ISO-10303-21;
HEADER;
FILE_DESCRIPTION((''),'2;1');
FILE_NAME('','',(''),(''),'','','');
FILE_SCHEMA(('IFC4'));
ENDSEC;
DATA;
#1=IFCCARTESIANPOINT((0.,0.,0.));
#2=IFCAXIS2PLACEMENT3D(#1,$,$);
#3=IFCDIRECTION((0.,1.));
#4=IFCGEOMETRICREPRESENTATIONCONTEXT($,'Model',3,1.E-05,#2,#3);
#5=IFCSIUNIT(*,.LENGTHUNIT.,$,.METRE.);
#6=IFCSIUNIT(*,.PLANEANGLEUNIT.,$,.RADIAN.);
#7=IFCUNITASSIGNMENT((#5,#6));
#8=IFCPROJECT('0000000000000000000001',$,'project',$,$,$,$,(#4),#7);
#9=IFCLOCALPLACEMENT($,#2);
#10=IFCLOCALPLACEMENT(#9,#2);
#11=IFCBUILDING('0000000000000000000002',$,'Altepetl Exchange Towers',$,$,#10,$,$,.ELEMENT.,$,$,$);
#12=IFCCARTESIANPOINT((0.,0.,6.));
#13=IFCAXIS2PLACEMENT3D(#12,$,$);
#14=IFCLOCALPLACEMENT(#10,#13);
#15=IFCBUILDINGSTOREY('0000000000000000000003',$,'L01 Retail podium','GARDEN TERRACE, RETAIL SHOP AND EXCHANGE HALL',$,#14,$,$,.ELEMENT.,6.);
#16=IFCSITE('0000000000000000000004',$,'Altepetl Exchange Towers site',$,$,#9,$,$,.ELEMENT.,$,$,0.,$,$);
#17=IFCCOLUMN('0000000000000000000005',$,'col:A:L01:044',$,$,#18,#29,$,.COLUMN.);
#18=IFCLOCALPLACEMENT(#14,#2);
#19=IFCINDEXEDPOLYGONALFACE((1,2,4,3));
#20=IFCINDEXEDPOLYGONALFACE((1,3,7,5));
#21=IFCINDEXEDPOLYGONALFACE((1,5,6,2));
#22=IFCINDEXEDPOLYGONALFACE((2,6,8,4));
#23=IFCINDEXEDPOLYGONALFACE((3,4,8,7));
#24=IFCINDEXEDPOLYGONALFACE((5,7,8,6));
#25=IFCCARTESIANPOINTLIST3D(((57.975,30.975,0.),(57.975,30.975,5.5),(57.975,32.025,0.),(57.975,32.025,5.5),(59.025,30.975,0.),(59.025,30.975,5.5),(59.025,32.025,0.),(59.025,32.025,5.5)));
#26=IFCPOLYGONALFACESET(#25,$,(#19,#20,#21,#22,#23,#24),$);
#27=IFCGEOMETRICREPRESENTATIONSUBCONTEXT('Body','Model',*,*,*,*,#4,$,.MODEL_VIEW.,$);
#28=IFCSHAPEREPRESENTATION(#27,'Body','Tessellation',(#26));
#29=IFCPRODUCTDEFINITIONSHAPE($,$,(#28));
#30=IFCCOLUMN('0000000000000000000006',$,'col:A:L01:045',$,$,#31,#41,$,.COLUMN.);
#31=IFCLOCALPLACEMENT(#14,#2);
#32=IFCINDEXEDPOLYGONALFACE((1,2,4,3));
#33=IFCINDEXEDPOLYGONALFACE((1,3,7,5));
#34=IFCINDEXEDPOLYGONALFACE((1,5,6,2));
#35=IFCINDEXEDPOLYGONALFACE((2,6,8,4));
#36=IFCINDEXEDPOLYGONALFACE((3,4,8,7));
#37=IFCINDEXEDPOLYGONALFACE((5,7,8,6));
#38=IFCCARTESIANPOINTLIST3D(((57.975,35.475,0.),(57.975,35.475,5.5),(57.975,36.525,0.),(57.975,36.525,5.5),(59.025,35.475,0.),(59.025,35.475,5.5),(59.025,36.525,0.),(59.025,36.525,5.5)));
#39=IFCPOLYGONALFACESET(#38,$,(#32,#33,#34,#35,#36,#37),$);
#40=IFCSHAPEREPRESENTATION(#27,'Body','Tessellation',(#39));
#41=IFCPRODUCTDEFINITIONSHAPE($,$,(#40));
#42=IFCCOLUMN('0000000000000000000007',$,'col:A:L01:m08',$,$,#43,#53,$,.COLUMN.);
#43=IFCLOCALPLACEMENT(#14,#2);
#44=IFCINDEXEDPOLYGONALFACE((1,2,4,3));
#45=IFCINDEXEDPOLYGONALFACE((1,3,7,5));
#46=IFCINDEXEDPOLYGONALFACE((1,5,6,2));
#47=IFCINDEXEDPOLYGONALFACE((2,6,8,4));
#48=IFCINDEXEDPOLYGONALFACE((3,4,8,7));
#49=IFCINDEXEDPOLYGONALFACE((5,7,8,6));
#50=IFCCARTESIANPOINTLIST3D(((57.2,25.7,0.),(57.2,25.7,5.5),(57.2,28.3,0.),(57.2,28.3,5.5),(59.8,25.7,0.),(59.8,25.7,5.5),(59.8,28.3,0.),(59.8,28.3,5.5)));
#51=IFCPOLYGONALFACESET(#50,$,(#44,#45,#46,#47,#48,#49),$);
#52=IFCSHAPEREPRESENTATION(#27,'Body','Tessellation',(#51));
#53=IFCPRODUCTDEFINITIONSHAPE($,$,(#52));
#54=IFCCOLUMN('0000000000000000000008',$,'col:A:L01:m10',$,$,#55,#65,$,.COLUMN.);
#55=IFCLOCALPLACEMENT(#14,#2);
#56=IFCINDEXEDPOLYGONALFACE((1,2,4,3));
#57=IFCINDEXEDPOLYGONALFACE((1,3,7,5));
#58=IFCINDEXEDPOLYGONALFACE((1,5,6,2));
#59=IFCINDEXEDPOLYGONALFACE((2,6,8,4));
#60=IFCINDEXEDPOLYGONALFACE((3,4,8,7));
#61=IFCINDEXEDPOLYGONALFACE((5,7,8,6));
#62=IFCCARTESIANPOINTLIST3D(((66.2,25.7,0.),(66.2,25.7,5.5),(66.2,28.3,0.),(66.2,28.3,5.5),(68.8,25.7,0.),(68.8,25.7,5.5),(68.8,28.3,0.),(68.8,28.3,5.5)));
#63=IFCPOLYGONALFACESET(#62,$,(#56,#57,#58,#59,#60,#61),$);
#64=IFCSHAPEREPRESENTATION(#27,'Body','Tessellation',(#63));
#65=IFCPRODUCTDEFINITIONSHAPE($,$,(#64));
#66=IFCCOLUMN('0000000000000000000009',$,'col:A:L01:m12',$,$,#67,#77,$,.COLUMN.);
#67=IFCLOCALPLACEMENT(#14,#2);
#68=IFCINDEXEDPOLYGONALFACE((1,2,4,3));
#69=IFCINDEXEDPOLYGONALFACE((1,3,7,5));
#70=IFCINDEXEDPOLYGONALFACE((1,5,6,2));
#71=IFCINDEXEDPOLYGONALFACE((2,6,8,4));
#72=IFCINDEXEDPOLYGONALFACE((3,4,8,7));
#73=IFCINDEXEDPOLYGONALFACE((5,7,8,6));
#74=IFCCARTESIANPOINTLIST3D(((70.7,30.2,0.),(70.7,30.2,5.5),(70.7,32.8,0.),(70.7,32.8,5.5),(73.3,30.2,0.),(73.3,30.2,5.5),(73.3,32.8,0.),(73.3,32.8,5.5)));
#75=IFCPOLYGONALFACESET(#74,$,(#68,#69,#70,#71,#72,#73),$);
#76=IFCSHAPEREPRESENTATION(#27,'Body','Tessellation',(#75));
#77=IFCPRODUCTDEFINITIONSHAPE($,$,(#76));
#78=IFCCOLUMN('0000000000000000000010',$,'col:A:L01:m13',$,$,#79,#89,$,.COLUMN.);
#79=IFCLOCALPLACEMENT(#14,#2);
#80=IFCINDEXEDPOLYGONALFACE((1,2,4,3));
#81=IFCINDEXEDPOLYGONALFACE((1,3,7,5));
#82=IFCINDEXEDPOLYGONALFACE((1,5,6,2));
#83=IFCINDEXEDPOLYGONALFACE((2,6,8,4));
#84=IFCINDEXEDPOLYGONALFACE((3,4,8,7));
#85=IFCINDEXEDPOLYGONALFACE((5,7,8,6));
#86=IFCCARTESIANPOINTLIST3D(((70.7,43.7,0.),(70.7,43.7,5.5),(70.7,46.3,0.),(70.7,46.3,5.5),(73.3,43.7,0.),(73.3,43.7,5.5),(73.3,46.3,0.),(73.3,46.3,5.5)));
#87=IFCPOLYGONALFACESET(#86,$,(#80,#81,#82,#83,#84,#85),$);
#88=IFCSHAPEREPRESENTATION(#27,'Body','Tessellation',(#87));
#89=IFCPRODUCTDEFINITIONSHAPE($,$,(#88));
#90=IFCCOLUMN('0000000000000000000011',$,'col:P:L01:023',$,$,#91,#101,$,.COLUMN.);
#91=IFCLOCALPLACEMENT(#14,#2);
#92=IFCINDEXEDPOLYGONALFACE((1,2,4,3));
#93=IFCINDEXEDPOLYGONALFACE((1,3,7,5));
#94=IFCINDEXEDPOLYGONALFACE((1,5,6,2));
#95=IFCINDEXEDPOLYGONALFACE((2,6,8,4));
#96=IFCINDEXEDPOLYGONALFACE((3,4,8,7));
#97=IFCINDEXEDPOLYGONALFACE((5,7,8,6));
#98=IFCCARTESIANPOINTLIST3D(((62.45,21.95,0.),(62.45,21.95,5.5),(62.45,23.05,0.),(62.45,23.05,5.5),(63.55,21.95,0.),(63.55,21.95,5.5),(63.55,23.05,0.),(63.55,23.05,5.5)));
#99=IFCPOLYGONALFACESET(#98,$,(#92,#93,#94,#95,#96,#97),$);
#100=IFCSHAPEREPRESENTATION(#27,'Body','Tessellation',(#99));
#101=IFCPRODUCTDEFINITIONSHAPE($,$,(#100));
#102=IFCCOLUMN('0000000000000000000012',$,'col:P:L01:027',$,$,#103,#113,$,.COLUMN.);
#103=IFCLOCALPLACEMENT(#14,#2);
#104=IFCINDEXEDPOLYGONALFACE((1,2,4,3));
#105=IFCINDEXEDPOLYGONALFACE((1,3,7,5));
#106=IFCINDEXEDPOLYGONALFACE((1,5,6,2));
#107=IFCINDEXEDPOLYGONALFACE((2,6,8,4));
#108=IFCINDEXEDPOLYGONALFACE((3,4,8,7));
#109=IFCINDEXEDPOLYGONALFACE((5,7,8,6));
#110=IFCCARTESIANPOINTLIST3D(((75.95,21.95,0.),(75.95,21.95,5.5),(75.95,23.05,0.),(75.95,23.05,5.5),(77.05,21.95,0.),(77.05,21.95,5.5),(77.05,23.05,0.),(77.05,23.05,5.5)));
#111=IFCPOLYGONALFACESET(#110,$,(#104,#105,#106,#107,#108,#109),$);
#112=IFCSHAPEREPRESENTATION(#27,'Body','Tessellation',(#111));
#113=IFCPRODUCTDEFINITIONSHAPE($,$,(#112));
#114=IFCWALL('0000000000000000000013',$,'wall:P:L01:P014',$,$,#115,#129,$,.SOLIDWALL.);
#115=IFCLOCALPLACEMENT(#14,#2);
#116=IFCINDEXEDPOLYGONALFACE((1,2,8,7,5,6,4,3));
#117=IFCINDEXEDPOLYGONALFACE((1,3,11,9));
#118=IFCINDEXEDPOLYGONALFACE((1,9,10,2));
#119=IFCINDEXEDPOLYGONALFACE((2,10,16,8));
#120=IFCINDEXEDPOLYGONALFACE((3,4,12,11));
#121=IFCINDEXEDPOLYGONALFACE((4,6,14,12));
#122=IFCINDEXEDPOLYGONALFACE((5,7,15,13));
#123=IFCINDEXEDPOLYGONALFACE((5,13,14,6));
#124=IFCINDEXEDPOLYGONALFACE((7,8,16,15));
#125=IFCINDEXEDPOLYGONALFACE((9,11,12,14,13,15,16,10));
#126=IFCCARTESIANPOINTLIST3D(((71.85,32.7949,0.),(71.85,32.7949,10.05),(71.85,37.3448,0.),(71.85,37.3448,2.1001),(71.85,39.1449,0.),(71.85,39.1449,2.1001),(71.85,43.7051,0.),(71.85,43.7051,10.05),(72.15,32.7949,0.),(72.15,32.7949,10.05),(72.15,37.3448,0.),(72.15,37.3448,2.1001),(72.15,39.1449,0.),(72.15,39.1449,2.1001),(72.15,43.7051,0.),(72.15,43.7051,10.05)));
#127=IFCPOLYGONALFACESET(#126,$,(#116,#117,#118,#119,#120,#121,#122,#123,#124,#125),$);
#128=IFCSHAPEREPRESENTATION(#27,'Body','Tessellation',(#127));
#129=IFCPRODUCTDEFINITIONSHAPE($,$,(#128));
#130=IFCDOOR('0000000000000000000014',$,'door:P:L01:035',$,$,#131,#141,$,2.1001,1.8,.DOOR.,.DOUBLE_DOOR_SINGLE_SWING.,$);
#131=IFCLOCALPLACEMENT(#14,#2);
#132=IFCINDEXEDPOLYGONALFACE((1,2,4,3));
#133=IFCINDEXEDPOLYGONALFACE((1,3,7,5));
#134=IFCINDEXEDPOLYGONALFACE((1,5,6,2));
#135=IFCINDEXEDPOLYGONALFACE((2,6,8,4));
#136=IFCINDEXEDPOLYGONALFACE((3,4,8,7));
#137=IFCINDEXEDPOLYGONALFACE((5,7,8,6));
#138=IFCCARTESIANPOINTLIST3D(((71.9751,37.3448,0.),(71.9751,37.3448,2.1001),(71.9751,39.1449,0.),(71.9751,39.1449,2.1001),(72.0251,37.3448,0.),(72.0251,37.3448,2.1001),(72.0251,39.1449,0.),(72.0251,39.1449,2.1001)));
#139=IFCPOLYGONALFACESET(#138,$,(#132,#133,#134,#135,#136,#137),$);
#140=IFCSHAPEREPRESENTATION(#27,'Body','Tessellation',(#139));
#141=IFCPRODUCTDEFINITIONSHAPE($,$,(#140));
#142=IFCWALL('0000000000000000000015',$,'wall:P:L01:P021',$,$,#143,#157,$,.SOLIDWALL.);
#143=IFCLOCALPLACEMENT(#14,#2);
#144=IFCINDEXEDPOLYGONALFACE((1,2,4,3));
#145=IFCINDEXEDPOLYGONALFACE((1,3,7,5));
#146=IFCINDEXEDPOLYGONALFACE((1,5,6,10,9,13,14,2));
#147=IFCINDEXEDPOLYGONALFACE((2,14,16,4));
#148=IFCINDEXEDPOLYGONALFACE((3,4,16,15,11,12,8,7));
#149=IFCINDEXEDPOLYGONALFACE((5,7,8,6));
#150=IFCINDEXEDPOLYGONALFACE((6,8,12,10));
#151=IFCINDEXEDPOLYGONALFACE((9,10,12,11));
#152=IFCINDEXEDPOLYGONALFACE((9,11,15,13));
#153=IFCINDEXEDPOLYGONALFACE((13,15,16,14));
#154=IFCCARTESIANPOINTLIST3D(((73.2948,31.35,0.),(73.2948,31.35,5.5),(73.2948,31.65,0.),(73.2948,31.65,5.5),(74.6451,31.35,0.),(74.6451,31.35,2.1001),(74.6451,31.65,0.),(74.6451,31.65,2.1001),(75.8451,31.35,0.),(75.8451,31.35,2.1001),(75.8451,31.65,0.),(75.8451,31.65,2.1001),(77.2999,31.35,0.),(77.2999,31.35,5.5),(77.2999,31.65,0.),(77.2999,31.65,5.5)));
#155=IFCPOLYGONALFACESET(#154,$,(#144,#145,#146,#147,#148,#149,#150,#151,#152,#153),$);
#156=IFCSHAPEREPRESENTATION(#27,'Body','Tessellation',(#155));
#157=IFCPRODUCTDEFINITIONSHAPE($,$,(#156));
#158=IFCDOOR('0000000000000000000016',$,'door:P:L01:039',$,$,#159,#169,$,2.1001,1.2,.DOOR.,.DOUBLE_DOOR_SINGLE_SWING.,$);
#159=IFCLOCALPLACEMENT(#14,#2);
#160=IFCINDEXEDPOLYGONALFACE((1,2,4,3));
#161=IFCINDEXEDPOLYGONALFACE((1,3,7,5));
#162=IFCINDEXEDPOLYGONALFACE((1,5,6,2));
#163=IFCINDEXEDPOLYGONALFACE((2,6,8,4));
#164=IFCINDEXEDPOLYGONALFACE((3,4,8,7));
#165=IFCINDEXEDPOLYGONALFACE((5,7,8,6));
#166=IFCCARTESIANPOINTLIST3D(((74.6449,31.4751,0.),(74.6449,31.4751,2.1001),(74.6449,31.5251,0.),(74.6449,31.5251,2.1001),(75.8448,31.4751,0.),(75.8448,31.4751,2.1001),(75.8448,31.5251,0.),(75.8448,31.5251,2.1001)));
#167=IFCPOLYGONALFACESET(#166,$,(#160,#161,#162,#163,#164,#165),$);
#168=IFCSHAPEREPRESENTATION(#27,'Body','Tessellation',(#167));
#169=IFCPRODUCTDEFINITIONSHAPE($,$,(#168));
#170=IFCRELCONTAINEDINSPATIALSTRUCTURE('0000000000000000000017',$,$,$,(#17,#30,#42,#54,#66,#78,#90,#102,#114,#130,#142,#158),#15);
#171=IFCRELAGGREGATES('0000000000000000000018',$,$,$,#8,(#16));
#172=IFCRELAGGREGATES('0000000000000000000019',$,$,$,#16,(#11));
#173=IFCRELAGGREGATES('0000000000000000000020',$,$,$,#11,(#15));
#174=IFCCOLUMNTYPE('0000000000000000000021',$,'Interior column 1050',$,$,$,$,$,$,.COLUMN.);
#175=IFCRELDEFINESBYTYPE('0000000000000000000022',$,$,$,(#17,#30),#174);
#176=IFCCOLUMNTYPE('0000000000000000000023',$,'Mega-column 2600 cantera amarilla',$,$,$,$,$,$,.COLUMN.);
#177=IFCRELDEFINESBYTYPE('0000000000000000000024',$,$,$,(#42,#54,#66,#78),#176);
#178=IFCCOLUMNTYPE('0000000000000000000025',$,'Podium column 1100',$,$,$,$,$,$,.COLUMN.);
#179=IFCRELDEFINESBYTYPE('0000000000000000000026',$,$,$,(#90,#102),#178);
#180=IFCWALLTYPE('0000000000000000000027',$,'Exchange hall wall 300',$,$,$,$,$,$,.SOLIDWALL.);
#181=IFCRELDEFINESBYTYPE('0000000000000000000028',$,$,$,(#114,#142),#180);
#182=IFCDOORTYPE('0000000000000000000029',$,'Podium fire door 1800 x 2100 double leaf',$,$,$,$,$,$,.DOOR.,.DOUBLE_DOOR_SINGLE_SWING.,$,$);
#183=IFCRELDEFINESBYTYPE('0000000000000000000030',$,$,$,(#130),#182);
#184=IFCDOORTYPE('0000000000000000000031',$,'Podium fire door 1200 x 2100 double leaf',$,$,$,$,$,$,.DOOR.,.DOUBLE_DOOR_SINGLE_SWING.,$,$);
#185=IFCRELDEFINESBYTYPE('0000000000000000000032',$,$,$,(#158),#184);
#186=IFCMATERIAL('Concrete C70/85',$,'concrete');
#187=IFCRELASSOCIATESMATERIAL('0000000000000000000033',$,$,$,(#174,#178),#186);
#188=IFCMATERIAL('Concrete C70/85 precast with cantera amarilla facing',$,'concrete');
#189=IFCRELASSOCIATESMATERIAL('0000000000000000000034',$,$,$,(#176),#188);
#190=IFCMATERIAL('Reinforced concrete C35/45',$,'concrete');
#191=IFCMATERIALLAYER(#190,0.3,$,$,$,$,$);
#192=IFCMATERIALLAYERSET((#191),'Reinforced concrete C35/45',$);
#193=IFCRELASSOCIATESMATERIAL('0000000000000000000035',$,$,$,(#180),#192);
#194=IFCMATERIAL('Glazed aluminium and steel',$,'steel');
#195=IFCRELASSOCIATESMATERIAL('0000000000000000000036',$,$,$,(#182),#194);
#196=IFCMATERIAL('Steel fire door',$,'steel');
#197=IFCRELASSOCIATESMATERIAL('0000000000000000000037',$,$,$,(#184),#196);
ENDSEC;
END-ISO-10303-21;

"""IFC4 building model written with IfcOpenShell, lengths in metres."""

from ifc_helpers import new_model, si_unit, direction, frame, frame_2d, origin, origin_2d, place, context, subcontext, project, spatial, rectangle, extrude, material, layer, layer_set, material_profile, profile_set, type_object, element, fill, save


model = new_model("IFC4")

# Units and contexts
model_context = context("Model", 3, precision=1e-05, world=origin(), true_north=direction((0.0, 1.0)))
body_context = subcontext(model_context, "Body", "Model", "MODEL_VIEW")
ifc_project = project(units=[si_unit("LENGTHUNIT", "METRE"), si_unit("PLANEANGLEUNIT", "RADIAN")], contexts=[model_context])

# Site, building, storey
site_placement = place(None, origin())
site = spatial("IfcSite", under=ifc_project, at=site_placement, Name="Altepetl Exchange Towers site", CompositionType="ELEMENT", RefElevation=0.0)
building_placement = place(site_placement, origin())
building = spatial("IfcBuilding", under=site, at=building_placement, Name="Altepetl Exchange Towers", CompositionType="ELEMENT")
storey_placement = place(building_placement, frame((0.0, 0.0, 6.0)))
storey = spatial("IfcBuildingStorey", under=building, at=storey_placement, Name="L01 Retail podium", Description="GARDEN TERRACE, RETAIL SHOP AND EXCHANGE HALL", CompositionType="ELEMENT", Elevation=6.0)

# Columns
ifc_material_1 = material(Name="Concrete C70/85", Category="concrete")
ifc_material_profile_1 = material_profile(ifc_material_1, rectangle(XDim=1.05, YDim=1.05, at=origin_2d()), Name="1050 x 1050")
ifc_profile_set_1 = profile_set([ifc_material_profile_1], Name="Concrete C70/85")
column_type_1 = type_object("IfcColumnType", Name="Interior column 1050", PredefinedType="COLUMN", material=ifc_profile_set_1)
for number, where, name in (
    (1, (58.5, 31.5, 0.0), "col:A:L01:044"),
    (2, (58.5, 36.0, 0.0), "col:A:L01:045"),
):
    element("IfcColumn", number, at=place(storey_placement, frame(where)), inside=storey, type_object=column_type_1, Name=name, PredefinedType="COLUMN", context=body_context, shape_type="SweptSolid", body=[
        extrude(rectangle(XDim=1.05, YDim=1.05, at=origin_2d()), origin(), (0.0, 0.0, 1.0), 5.5),
    ])
ifc_material_2 = material(Name="Concrete C70/85 precast with cantera amarilla facing", Category="concrete")
ifc_material_profile_2 = material_profile(ifc_material_2, rectangle(XDim=2.6001, YDim=2.6001, at=origin_2d()), Name="2600 x 2600")
ifc_profile_set_2 = profile_set([ifc_material_profile_2], Name="Concrete C70/85 precast with cantera amarilla facing")
column_type_2 = type_object("IfcColumnType", Name="Mega-column 2600 cantera amarilla", PredefinedType="COLUMN", material=ifc_profile_set_2)
for number, where, name in (
    (3, (58.5, 27.0, 0.0), "col:A:L01:m08"),
    (4, (67.5, 27.0, 0.0), "col:A:L01:m10"),
    (5, (72.0, 31.5, 0.0), "col:A:L01:m12"),
    (6, (72.0, 45.0, 0.0), "col:A:L01:m13"),
):
    element("IfcColumn", number, at=place(storey_placement, frame(where)), inside=storey, type_object=column_type_2, Name=name, PredefinedType="COLUMN", context=body_context, shape_type="SweptSolid", body=[
        extrude(rectangle(XDim=2.6001, YDim=2.6001, at=origin_2d()), origin(), (0.0, 0.0, 1.0), 5.5),
    ])
ifc_material_profile_3 = material_profile(ifc_material_1, rectangle(XDim=1.1001, YDim=1.1001, at=origin_2d()), Name="1100 x 1100")
ifc_profile_set_3 = profile_set([ifc_material_profile_3], Name="Concrete C70/85")
column_type_3 = type_object("IfcColumnType", Name="Podium column 1100", PredefinedType="COLUMN", material=ifc_profile_set_3)
for number, where, name in (
    (7, (63.0, 22.5, 0.0), "col:P:L01:023"),
    (8, (76.5, 22.5, 0.0), "col:P:L01:027"),
):
    element("IfcColumn", number, at=place(storey_placement, frame(where)), inside=storey, type_object=column_type_3, Name=name, PredefinedType="COLUMN", context=body_context, shape_type="SweptSolid", body=[
        extrude(rectangle(XDim=1.1001, YDim=1.1001, at=origin_2d()), origin(), (0.0, 0.0, 1.0), 5.5),
    ])

# Walls, openings, doors
ifc_material_3 = material(Name="Reinforced concrete C35/45", Category="concrete")
ifc_layer_1 = layer(ifc_material_3, 0.3)
ifc_layer_set_1 = layer_set([ifc_layer_1], Name="Reinforced concrete C35/45")
wall_type_1 = type_object("IfcWallType", Name="Exchange hall wall 300", PredefinedType="SOLIDWALL", material=ifc_layer_set_1)
wall_1_placement = place(storey_placement, frame((72.0, 32.7949, 0.0), z_axis=(0.0, 0.0, 1.0), x_axis=(0.0, 1.0, 0.0)))
wall_1 = element("IfcWall", 9, at=wall_1_placement, inside=storey, type_object=wall_type_1, Name="wall:P:L01:P014", PredefinedType="SOLIDWALL", context=body_context, shape_type="SweptSolid", body=[
    extrude(rectangle(XDim=10.9102, YDim=0.3, at=frame_2d((5.4551, 0.0))), origin(), (0.0, 0.0, 1.0), 10.05),
])
opening_1_placement = place(wall_1_placement, frame((4.55, 0.0, 0.0)))
opening_1 = element("IfcOpeningElement", 10, at=opening_1_placement, cuts=wall_1, PredefinedType="OPENING", context=body_context, shape_type="SweptSolid", body=[
    extrude(rectangle(XDim=1.8, YDim=2.1001, at=frame_2d((0.8999, 1.05))), frame((0.0, 0.1602, 0.0), z_axis=(0.0, -1.0, 0.0), x_axis=(1.0, 0.0, 0.0)), (0.0, 0.0, 1.0), 0.3201),
])
ifc_material_4 = material(Name="Glazed aluminium and steel", Category="steel")
door_type_1 = type_object("IfcDoorType", Name="Podium fire door 1800 x 2100 double leaf", OperationType="DOUBLE_DOOR_SINGLE_SWING", PredefinedType="DOOR", material=ifc_material_4)
door_1_placement = place(opening_1_placement, origin())
door_1 = element("IfcDoor", 11, at=door_1_placement, inside=storey, type_object=door_type_1, Name="door:P:L01:035", OperationType="DOUBLE_DOOR_SINGLE_SWING", OverallHeight=2.1001, OverallWidth=1.8, PredefinedType="DOOR", context=body_context, shape_type="SweptSolid", body=[
    extrude(rectangle(XDim=1.8, YDim=2.1001, at=frame_2d((0.8999, 1.05))), frame((0.0, 0.0249, 0.0), z_axis=(0.0, -1.0, 0.0), x_axis=(1.0, 0.0, 0.0)), (0.0, 0.0, 1.0), 0.05),
])
fill(opening_1, door_1)
wall_2_placement = place(storey_placement, frame((73.2949, 31.5, 0.0)))
wall_2 = element("IfcWall", 12, at=wall_2_placement, inside=storey, type_object=wall_type_1, Name="wall:P:L01:P021", PredefinedType="SOLIDWALL", context=body_context, shape_type="SweptSolid", body=[
    extrude(rectangle(XDim=4.0051, YDim=0.3, at=frame_2d((2.0024, 0.0))), origin(), (0.0, 0.0, 1.0), 5.5),
])
opening_2_placement = place(wall_2_placement, frame((1.3501, 0.0, 0.0)))
opening_2 = element("IfcOpeningElement", 13, at=opening_2_placement, cuts=wall_2, PredefinedType="OPENING", context=body_context, shape_type="SweptSolid", body=[
    extrude(rectangle(XDim=1.2, YDim=2.1001, at=frame_2d((0.6001, 1.05))), frame((0.0, 0.1602, 0.0), z_axis=(0.0, -1.0, 0.0), x_axis=(1.0, 0.0, 0.0)), (0.0, 0.0, 1.0), 0.3201),
])
ifc_material_5 = material(Name="Steel fire door", Category="steel")
door_type_2 = type_object("IfcDoorType", Name="Podium fire door 1200 x 2100 double leaf", OperationType="DOUBLE_DOOR_SINGLE_SWING", PredefinedType="DOOR", material=ifc_material_5)
door_2_placement = place(opening_2_placement, frame((1.2, 0.0, 0.0), x_axis=(-1.0, 0.0, 0.0)))
door_2 = element("IfcDoor", 14, at=door_2_placement, inside=storey, type_object=door_type_2, Name="door:P:L01:039", OperationType="DOUBLE_DOOR_SINGLE_SWING", OverallHeight=2.1001, OverallWidth=1.2, PredefinedType="DOOR", context=body_context, shape_type="SweptSolid", body=[
    extrude(rectangle(XDim=1.2, YDim=2.1001, at=frame_2d((0.6001, 1.05))), frame((0.0, 0.0249, 0.0), z_axis=(0.0, -1.0, 0.0), x_axis=(1.0, 0.0, 0.0)), (0.0, 0.0, 1.0), 0.05),
])
fill(opening_2, door_2)

save(model, "model.ifc")
